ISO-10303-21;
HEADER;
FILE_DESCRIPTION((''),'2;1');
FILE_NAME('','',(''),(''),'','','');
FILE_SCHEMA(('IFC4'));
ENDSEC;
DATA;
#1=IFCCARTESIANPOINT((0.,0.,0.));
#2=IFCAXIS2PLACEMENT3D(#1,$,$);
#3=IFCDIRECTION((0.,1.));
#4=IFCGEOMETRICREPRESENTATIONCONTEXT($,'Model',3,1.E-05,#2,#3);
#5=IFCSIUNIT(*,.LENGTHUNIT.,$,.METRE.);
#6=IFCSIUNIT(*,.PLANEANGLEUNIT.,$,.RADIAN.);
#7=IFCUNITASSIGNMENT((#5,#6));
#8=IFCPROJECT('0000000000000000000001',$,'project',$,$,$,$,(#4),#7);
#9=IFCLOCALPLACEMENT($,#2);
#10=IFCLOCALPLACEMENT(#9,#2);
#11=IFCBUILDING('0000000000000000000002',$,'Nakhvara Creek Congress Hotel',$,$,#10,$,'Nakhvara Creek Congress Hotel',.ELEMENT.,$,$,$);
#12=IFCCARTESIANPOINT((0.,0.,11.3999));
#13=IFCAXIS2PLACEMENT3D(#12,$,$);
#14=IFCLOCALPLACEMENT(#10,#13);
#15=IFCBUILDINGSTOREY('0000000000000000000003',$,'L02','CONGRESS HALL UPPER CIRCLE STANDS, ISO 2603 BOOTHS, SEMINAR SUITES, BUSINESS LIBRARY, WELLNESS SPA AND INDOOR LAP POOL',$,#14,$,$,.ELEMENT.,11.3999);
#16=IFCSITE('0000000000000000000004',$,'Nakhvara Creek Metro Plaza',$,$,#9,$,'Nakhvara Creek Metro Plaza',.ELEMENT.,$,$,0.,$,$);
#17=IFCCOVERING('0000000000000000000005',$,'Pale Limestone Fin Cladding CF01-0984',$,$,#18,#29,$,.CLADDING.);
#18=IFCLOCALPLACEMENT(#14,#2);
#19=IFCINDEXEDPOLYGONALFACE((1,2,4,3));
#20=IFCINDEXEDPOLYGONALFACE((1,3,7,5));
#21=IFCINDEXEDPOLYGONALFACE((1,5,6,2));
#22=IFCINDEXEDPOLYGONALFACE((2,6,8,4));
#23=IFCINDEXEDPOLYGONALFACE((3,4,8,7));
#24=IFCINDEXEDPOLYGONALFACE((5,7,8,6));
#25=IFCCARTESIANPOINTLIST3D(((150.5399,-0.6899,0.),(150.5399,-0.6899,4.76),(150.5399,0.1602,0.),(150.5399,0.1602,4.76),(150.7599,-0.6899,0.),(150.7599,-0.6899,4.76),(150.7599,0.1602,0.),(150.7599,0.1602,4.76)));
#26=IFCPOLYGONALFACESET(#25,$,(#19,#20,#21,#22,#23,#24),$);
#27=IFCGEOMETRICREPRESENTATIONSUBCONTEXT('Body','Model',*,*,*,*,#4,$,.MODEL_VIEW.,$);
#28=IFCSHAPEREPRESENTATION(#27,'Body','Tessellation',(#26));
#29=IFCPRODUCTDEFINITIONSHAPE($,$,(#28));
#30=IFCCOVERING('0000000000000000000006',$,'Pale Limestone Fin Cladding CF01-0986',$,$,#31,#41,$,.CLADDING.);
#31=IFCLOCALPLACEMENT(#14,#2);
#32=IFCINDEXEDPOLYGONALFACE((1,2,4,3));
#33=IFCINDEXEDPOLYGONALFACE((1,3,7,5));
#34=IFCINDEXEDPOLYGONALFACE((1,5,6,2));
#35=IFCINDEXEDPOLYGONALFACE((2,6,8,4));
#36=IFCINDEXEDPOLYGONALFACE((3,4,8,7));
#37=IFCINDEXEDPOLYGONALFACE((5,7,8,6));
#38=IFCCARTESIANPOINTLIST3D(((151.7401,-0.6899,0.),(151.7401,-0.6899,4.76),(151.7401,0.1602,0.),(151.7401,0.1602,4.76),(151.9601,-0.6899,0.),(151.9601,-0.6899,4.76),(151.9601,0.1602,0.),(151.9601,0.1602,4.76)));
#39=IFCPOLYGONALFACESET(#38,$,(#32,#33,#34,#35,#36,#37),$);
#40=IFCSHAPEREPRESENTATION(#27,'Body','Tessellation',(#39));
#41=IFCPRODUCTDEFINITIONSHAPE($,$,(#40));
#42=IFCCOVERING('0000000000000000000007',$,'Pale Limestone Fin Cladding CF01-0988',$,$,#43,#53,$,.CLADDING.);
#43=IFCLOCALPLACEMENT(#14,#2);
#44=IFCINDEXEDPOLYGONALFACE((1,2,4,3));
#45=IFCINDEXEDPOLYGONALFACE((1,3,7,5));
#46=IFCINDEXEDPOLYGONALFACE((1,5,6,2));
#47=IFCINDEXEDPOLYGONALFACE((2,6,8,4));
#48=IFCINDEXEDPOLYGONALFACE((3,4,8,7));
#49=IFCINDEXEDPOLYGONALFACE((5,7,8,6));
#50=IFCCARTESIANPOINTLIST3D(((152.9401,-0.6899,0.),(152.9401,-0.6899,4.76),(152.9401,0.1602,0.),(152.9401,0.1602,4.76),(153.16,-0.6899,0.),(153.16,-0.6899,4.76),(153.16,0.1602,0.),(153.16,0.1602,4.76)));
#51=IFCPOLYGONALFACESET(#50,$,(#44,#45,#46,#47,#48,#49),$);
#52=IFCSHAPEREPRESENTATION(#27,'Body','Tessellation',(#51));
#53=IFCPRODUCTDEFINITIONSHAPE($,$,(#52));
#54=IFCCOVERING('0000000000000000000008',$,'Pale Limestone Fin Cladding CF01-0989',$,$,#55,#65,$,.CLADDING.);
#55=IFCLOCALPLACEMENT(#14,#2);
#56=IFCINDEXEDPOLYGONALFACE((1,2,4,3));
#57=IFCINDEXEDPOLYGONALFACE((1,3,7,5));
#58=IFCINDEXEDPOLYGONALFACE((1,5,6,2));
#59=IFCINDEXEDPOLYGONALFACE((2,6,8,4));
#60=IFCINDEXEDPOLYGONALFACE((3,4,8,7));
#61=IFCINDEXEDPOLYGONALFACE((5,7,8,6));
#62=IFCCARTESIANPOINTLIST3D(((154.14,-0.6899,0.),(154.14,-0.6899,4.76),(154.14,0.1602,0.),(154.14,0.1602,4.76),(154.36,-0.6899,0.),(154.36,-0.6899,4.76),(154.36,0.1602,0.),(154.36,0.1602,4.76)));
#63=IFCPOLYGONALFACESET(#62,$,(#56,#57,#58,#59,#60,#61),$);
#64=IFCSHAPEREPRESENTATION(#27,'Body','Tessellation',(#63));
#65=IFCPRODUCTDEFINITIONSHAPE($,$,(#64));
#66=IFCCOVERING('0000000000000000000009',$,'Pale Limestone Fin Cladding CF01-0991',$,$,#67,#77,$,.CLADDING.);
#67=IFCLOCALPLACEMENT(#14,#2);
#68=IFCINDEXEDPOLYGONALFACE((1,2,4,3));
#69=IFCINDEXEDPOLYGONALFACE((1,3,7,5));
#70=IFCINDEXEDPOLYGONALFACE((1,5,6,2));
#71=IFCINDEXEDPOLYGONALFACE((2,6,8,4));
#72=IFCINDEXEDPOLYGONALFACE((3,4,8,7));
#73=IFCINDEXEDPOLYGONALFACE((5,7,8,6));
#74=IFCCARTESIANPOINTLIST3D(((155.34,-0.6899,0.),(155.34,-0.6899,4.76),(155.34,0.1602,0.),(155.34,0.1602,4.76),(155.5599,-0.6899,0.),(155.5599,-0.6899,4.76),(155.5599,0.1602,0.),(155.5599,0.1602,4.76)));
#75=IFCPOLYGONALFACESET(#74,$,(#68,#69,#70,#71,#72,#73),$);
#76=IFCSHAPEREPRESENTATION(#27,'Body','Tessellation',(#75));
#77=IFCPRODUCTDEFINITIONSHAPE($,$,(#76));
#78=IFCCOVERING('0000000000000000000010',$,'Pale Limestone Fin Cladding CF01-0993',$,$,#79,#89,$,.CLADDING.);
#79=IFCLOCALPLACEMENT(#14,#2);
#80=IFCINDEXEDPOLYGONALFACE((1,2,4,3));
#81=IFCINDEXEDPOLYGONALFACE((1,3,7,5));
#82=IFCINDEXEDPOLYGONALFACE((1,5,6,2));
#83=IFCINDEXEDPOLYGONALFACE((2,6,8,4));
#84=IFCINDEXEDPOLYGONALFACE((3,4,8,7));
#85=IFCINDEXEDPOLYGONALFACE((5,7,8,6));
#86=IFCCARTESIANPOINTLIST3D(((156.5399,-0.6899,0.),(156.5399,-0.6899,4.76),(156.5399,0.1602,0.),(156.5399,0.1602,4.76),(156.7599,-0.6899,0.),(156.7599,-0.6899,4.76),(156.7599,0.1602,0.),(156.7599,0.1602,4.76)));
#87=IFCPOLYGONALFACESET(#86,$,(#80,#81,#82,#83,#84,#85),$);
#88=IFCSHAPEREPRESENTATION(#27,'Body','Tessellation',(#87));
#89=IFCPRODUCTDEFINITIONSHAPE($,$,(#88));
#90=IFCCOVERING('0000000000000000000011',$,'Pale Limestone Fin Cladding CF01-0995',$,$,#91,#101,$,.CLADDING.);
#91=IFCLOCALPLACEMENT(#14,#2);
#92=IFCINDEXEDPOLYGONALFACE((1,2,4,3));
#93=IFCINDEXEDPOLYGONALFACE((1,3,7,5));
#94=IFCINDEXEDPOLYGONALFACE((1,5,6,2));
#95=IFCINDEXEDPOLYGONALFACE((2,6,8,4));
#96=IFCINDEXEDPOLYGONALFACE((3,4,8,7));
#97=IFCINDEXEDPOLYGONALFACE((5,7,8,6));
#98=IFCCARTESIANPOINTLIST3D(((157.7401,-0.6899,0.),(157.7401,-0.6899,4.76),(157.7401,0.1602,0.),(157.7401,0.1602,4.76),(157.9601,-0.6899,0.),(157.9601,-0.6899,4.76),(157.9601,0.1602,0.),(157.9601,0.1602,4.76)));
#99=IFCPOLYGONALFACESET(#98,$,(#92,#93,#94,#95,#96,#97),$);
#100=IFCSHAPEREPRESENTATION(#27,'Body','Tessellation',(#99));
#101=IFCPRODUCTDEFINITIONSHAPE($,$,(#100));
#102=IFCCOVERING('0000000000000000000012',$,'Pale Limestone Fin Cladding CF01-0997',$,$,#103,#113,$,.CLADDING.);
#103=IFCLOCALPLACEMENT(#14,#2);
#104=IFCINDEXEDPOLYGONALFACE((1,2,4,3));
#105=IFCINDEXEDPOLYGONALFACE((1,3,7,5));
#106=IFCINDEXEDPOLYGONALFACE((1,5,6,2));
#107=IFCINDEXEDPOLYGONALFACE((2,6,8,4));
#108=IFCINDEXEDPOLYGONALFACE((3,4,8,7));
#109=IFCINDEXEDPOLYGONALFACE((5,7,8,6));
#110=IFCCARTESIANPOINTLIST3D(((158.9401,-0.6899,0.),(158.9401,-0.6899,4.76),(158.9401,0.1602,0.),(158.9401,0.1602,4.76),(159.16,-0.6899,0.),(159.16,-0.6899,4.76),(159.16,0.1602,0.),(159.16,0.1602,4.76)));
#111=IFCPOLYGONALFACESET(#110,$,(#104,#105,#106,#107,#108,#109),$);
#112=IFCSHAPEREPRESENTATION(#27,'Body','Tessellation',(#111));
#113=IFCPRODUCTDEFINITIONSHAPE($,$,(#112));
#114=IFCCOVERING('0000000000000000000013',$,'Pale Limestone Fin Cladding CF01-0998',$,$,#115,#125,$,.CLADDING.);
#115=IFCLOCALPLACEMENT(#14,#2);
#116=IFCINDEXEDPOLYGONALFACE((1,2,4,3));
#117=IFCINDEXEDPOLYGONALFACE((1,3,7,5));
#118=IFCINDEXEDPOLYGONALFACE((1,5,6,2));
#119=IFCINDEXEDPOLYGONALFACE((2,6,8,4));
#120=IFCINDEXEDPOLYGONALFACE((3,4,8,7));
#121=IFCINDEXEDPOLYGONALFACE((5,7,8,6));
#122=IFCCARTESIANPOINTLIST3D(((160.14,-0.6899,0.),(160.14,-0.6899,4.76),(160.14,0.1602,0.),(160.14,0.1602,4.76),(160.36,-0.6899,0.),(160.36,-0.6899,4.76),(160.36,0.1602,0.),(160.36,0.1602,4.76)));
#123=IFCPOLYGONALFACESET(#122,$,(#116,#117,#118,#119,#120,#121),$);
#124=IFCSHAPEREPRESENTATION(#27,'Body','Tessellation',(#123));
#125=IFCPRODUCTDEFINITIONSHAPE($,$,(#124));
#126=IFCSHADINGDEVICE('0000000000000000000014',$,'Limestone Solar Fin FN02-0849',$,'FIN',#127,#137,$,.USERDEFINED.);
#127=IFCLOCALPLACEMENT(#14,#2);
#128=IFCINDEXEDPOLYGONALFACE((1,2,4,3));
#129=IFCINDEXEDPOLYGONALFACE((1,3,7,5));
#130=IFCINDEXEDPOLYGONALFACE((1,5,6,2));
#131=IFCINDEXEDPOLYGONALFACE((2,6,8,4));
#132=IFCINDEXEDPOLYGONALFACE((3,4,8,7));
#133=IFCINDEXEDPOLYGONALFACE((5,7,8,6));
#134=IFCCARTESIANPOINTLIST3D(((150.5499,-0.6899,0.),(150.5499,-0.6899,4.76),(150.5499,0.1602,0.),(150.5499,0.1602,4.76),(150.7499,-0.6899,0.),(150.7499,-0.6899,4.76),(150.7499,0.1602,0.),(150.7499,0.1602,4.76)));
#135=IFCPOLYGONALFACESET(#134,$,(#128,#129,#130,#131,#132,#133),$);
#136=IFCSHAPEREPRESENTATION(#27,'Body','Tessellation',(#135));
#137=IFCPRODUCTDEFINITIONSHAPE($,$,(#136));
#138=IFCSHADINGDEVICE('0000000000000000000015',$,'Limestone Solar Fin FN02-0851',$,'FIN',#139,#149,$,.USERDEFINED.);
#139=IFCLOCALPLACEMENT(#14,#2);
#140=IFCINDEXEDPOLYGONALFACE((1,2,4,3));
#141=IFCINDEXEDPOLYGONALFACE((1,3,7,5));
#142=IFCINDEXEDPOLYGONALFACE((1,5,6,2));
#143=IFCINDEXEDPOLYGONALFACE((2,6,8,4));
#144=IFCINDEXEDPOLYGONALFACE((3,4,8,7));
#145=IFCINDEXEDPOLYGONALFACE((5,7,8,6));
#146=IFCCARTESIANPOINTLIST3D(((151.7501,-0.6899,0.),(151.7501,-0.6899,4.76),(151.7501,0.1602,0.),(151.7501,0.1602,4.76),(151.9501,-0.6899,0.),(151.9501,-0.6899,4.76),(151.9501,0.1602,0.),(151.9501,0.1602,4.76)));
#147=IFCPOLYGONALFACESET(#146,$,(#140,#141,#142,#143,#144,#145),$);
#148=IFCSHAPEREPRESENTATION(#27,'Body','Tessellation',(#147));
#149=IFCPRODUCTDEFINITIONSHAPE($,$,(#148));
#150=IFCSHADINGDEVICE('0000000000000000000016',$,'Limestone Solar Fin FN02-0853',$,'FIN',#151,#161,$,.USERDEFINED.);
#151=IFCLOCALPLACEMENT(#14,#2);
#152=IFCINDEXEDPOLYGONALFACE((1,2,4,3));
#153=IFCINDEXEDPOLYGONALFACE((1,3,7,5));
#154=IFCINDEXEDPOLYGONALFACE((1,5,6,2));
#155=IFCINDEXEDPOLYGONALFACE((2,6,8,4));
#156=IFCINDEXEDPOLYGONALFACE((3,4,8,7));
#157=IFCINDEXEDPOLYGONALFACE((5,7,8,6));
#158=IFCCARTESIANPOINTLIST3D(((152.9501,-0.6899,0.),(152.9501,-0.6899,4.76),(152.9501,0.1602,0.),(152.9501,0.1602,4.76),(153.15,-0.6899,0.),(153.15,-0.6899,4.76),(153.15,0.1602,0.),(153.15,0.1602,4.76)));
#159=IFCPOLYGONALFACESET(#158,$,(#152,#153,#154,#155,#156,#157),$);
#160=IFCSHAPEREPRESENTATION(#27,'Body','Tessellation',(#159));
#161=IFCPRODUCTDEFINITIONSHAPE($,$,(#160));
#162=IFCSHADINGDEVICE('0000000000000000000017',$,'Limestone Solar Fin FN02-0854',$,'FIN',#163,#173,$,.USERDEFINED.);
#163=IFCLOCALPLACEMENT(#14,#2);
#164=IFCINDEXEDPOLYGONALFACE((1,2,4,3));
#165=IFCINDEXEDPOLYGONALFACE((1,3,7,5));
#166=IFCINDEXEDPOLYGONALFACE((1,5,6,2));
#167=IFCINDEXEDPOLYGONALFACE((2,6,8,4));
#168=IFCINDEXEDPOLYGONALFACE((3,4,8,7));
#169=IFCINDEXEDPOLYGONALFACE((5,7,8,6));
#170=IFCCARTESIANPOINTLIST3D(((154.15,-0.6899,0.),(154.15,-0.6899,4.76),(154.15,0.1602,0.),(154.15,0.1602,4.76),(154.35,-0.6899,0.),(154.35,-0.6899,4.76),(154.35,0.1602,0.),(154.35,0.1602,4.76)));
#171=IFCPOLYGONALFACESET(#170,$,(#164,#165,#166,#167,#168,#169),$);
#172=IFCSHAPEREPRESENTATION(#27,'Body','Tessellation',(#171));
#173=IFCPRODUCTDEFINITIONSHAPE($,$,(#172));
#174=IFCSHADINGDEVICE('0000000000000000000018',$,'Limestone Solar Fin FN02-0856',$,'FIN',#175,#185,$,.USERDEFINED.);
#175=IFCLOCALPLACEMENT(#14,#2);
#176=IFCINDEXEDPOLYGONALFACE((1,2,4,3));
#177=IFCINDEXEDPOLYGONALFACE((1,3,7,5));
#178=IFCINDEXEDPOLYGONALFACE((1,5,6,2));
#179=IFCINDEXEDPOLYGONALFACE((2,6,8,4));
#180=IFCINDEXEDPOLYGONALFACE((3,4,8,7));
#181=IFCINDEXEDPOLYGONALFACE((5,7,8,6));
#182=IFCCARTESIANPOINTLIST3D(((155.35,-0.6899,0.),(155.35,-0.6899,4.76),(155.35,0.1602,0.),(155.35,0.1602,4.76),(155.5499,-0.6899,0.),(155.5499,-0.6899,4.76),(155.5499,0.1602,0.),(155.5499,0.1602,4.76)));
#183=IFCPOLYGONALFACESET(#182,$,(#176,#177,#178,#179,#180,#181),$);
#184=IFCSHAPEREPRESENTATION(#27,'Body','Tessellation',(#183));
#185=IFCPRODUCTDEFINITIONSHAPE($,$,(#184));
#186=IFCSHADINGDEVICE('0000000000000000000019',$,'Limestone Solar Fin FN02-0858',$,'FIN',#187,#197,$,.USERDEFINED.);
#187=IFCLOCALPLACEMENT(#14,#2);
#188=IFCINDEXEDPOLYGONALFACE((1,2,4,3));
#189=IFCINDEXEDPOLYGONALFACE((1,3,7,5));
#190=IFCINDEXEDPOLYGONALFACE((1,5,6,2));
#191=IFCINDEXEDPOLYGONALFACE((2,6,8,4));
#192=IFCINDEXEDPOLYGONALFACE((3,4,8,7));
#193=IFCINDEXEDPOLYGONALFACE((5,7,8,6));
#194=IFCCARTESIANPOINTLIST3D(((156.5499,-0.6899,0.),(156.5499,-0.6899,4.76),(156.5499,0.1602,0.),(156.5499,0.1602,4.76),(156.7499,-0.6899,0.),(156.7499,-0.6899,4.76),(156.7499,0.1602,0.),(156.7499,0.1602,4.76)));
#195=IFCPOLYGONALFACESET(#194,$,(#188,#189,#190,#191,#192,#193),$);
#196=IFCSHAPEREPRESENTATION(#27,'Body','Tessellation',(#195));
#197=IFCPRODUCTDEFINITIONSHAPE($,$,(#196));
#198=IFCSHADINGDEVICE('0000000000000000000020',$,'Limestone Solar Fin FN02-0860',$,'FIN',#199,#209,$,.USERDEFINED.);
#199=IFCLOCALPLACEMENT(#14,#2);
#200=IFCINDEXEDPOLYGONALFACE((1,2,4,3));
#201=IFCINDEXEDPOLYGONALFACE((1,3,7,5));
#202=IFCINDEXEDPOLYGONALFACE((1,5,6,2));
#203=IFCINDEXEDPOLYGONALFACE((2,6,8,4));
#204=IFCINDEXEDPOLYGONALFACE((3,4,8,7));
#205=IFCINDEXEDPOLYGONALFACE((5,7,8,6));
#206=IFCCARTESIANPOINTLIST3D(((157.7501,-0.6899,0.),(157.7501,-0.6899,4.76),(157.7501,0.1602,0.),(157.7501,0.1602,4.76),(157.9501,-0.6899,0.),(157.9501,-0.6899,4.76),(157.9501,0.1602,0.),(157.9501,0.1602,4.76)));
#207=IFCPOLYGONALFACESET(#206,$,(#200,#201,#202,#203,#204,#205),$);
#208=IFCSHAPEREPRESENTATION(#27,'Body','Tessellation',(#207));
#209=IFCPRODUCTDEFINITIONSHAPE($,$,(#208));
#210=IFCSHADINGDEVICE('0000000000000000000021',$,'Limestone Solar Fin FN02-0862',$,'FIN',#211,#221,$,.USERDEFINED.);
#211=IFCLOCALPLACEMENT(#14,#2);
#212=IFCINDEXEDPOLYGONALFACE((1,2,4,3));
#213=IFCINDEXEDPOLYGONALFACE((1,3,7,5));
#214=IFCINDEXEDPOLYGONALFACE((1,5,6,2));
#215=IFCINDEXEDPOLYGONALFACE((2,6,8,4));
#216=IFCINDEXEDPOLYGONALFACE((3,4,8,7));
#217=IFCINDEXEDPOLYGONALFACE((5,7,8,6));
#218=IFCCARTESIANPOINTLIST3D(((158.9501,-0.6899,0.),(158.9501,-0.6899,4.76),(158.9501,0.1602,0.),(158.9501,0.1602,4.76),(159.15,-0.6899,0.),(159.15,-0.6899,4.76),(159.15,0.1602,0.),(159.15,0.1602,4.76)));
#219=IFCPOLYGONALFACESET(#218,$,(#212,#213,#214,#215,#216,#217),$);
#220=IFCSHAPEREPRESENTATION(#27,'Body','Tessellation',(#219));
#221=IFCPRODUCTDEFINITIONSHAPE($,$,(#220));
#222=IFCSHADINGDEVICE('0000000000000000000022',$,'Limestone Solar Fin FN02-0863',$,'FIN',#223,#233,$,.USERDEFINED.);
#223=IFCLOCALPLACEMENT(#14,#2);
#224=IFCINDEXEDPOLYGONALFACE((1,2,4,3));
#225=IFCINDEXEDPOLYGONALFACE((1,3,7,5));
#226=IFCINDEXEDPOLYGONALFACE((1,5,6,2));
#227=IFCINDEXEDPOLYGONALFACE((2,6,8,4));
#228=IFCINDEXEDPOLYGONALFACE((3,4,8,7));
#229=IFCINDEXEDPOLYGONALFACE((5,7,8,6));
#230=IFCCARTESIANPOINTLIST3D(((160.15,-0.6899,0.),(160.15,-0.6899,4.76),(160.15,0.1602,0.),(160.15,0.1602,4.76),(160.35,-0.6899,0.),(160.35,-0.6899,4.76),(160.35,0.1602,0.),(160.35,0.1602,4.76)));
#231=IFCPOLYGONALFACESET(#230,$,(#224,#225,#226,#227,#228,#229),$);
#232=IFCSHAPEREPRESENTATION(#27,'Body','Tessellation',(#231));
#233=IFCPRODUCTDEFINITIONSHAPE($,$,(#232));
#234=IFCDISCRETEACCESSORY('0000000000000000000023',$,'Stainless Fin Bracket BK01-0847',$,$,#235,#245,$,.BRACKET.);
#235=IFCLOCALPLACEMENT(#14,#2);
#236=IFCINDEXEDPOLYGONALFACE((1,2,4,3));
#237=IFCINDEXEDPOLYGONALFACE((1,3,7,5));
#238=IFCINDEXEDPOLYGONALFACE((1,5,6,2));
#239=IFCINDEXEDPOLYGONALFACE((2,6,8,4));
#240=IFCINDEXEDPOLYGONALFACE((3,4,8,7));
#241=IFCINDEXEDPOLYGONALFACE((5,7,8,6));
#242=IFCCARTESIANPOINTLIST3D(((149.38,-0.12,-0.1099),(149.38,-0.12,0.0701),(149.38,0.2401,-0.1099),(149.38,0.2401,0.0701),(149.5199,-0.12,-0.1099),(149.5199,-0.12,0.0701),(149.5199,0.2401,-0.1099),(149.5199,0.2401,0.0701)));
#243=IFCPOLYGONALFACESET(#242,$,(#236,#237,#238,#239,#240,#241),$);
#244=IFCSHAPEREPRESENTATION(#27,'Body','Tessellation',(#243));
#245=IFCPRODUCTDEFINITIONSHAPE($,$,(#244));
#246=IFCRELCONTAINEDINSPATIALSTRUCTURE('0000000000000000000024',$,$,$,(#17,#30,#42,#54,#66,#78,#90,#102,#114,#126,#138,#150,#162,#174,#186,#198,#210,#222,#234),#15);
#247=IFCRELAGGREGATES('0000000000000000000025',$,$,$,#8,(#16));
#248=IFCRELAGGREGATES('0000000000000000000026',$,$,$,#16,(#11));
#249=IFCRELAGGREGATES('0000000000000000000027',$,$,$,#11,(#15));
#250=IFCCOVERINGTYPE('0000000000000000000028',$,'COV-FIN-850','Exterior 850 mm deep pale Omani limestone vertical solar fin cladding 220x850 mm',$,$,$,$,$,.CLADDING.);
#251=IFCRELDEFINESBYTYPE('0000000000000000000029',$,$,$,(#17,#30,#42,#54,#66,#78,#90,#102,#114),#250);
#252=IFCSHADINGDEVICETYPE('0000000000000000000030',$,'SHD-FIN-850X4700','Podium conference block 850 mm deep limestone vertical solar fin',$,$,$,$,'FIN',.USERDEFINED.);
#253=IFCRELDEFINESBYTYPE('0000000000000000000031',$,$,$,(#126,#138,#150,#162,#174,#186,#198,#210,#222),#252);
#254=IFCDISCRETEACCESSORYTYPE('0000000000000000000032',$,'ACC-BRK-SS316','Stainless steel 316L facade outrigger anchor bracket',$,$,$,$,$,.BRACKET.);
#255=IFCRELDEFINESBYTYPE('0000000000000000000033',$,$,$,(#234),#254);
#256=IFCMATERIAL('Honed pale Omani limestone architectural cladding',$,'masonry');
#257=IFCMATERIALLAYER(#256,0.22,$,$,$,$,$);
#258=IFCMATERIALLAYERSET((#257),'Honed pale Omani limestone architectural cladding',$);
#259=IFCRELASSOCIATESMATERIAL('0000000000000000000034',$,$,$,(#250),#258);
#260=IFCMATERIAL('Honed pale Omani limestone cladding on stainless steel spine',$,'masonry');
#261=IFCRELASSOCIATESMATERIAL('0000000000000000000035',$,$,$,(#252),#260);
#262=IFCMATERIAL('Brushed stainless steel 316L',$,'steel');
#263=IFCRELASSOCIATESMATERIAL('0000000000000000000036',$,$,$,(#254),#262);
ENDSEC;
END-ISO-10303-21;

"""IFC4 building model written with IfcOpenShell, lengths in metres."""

from ifc_helpers import new_model, si_unit, direction, frame, origin, origin_2d, place, context, subcontext, project, spatial, rectangle, extrude, material, layer, layer_set, type_object, element, save


model = new_model("IFC4")

# Units and contexts
model_context = context("Model", 3, precision=1e-05, world=origin(), true_north=direction((0.0, 1.0)))
body_context = subcontext(model_context, "Body", "Model", "MODEL_VIEW")
ifc_project = project(units=[si_unit("LENGTHUNIT", "METRE"), si_unit("PLANEANGLEUNIT", "RADIAN")], contexts=[model_context])

# Site, building, storey
site_placement = place(None, origin())
site = spatial("IfcSite", under=ifc_project, at=site_placement, Name="Nakhvara Creek Metro Plaza", LongName="Nakhvara Creek Metro Plaza", CompositionType="ELEMENT", RefElevation=0.0)
building_placement = place(site_placement, origin())
building = spatial("IfcBuilding", under=site, at=building_placement, Name="Nakhvara Creek Congress Hotel", LongName="Nakhvara Creek Congress Hotel", CompositionType="ELEMENT")
storey_placement = place(building_placement, frame((0.0, 0.0, 11.3999)))
storey = spatial("IfcBuildingStorey", under=building, at=storey_placement, Name="L02", Description="CONGRESS HALL UPPER CIRCLE STANDS, ISO 2603 BOOTHS, SEMINAR SUITES, BUSINESS LIBRARY, WELLNESS SPA AND INDOOR LAP POOL", CompositionType="ELEMENT", Elevation=11.3999)

# Coverings
ifc_material_1 = material(Name="Honed pale Omani limestone architectural cladding", Category="masonry")
ifc_layer = layer(ifc_material_1, 0.22)
ifc_layer_set = layer_set([ifc_layer], Name="Honed pale Omani limestone architectural cladding")
covering_type = type_object("IfcCoveringType", Name="COV-FIN-850", Description="Exterior 850 mm deep pale Omani limestone vertical solar fin cladding 220x850 mm", PredefinedType="CLADDING", material=ifc_layer_set)
for number, where, z_axis, x_axis, name in (
    (1, (150.6499, -0.2649, 0.0), (0.0, 0.0, 1.0), (1.0, 0.0, 0.0), "Pale Limestone Fin Cladding CF01-0984"),
    (2, (151.8501, -0.2649, 0.0), (0.0, 0.0, 1.0), (1.0, 0.0, 0.0), "Pale Limestone Fin Cladding CF01-0986"),
    (3, (153.05, -0.2649, 0.0), (0.0, 0.0, 1.0), (1.0, 0.0, 0.0), "Pale Limestone Fin Cladding CF01-0988"),
    (4, (154.25, -0.2649, 0.0), (0.0, 0.0, 1.0), (1.0, 0.0, 0.0), "Pale Limestone Fin Cladding CF01-0989"),
    (5, (155.45, -0.2649, 0.0), (0.0, 0.0, 1.0), (1.0, 0.0, 0.0), "Pale Limestone Fin Cladding CF01-0991"),
    (6, (156.6499, -0.2649, 0.0), (0.0, 0.0, 1.0), (1.0, 0.0, 0.0), "Pale Limestone Fin Cladding CF01-0993"),
    (7, (157.8501, -0.2649, 0.0), (0.0, 0.0, 1.0), (1.0, 0.0, 0.0), "Pale Limestone Fin Cladding CF01-0995"),
    (8, (159.05, -0.2649, 0.0), (0.0, 0.0, 1.0), (1.0, 0.0, 0.0), "Pale Limestone Fin Cladding CF01-0997"),
    (9, (160.25, -0.2649, 0.0), (0.0, 0.0, 1.0), (1.0, 0.0, 0.0), "Pale Limestone Fin Cladding CF01-0998"),
):
    element("IfcCovering", number, at=place(storey_placement, frame(where, z_axis=z_axis, x_axis=x_axis)), inside=storey, type_object=covering_type, Name=name, PredefinedType="CLADDING", context=body_context, shape_type="SweptSolid", body=[
        extrude(rectangle(XDim=0.22, YDim=0.8501, at=origin_2d()), origin(), (0.0, 0.0, 1.0), 4.76),
    ])

# Shading devices
ifc_material_2 = material(Name="Honed pale Omani limestone cladding on stainless steel spine", Category="masonry")
shading_device_type = type_object("IfcShadingDeviceType", Name="SHD-FIN-850X4700", Description="Podium conference block 850 mm deep limestone vertical solar fin", ElementType="FIN", PredefinedType="USERDEFINED", material=ifc_material_2)
for number, where, z_axis, x_axis, name in (
    (10, (150.6499, -0.2649, 0.0), (0.0, 0.0, 1.0), (1.0, 0.0, 0.0), "Limestone Solar Fin FN02-0849"),
    (11, (151.8501, -0.2649, 0.0), (0.0, 0.0, 1.0), (1.0, 0.0, 0.0), "Limestone Solar Fin FN02-0851"),
    (12, (153.05, -0.2649, 0.0), (0.0, 0.0, 1.0), (1.0, 0.0, 0.0), "Limestone Solar Fin FN02-0853"),
    (13, (154.25, -0.2649, 0.0), (0.0, 0.0, 1.0), (1.0, 0.0, 0.0), "Limestone Solar Fin FN02-0854"),
    (14, (155.45, -0.2649, 0.0), (0.0, 0.0, 1.0), (1.0, 0.0, 0.0), "Limestone Solar Fin FN02-0856"),
    (15, (156.6499, -0.2649, 0.0), (0.0, 0.0, 1.0), (1.0, 0.0, 0.0), "Limestone Solar Fin FN02-0858"),
    (16, (157.8501, -0.2649, 0.0), (0.0, 0.0, 1.0), (1.0, 0.0, 0.0), "Limestone Solar Fin FN02-0860"),
    (17, (159.05, -0.2649, 0.0), (0.0, 0.0, 1.0), (1.0, 0.0, 0.0), "Limestone Solar Fin FN02-0862"),
    (18, (160.25, -0.2649, 0.0), (0.0, 0.0, 1.0), (1.0, 0.0, 0.0), "Limestone Solar Fin FN02-0863"),
):
    element("IfcShadingDevice", number, at=place(storey_placement, frame(where, z_axis=z_axis, x_axis=x_axis)), inside=storey, type_object=shading_device_type, Name=name, ObjectType="FIN", PredefinedType="USERDEFINED", context=body_context, shape_type="SweptSolid", body=[
        extrude(rectangle(XDim=0.2, YDim=0.8501, at=origin_2d()), origin(), (0.0, 0.0, 1.0), 4.76),
    ])

# Discrete accessory
ifc_material_3 = material(Name="Brushed stainless steel 316L", Category="steel")
discrete_accessory_type = type_object("IfcDiscreteAccessoryType", Name="ACC-BRK-SS316", Description="Stainless steel 316L facade outrigger anchor bracket", PredefinedType="BRACKET", material=ifc_material_3)
for number, where, z_axis, x_axis, name in (
    (19, (149.45, 0.0601, -0.1099), (0.0, 0.0, 1.0), (1.0, 0.0, 0.0), "Stainless Fin Bracket BK01-0847"),
):
    element("IfcDiscreteAccessory", number, at=place(storey_placement, frame(where, z_axis=z_axis, x_axis=x_axis)), inside=storey, type_object=discrete_accessory_type, Name=name, PredefinedType="BRACKET", context=body_context, shape_type="SweptSolid", body=[
        extrude(rectangle(XDim=0.1399, YDim=0.3601, at=origin_2d()), origin(), (0.0, 0.0, 1.0), 0.1799),
    ])

save(model, "model.ifc")
